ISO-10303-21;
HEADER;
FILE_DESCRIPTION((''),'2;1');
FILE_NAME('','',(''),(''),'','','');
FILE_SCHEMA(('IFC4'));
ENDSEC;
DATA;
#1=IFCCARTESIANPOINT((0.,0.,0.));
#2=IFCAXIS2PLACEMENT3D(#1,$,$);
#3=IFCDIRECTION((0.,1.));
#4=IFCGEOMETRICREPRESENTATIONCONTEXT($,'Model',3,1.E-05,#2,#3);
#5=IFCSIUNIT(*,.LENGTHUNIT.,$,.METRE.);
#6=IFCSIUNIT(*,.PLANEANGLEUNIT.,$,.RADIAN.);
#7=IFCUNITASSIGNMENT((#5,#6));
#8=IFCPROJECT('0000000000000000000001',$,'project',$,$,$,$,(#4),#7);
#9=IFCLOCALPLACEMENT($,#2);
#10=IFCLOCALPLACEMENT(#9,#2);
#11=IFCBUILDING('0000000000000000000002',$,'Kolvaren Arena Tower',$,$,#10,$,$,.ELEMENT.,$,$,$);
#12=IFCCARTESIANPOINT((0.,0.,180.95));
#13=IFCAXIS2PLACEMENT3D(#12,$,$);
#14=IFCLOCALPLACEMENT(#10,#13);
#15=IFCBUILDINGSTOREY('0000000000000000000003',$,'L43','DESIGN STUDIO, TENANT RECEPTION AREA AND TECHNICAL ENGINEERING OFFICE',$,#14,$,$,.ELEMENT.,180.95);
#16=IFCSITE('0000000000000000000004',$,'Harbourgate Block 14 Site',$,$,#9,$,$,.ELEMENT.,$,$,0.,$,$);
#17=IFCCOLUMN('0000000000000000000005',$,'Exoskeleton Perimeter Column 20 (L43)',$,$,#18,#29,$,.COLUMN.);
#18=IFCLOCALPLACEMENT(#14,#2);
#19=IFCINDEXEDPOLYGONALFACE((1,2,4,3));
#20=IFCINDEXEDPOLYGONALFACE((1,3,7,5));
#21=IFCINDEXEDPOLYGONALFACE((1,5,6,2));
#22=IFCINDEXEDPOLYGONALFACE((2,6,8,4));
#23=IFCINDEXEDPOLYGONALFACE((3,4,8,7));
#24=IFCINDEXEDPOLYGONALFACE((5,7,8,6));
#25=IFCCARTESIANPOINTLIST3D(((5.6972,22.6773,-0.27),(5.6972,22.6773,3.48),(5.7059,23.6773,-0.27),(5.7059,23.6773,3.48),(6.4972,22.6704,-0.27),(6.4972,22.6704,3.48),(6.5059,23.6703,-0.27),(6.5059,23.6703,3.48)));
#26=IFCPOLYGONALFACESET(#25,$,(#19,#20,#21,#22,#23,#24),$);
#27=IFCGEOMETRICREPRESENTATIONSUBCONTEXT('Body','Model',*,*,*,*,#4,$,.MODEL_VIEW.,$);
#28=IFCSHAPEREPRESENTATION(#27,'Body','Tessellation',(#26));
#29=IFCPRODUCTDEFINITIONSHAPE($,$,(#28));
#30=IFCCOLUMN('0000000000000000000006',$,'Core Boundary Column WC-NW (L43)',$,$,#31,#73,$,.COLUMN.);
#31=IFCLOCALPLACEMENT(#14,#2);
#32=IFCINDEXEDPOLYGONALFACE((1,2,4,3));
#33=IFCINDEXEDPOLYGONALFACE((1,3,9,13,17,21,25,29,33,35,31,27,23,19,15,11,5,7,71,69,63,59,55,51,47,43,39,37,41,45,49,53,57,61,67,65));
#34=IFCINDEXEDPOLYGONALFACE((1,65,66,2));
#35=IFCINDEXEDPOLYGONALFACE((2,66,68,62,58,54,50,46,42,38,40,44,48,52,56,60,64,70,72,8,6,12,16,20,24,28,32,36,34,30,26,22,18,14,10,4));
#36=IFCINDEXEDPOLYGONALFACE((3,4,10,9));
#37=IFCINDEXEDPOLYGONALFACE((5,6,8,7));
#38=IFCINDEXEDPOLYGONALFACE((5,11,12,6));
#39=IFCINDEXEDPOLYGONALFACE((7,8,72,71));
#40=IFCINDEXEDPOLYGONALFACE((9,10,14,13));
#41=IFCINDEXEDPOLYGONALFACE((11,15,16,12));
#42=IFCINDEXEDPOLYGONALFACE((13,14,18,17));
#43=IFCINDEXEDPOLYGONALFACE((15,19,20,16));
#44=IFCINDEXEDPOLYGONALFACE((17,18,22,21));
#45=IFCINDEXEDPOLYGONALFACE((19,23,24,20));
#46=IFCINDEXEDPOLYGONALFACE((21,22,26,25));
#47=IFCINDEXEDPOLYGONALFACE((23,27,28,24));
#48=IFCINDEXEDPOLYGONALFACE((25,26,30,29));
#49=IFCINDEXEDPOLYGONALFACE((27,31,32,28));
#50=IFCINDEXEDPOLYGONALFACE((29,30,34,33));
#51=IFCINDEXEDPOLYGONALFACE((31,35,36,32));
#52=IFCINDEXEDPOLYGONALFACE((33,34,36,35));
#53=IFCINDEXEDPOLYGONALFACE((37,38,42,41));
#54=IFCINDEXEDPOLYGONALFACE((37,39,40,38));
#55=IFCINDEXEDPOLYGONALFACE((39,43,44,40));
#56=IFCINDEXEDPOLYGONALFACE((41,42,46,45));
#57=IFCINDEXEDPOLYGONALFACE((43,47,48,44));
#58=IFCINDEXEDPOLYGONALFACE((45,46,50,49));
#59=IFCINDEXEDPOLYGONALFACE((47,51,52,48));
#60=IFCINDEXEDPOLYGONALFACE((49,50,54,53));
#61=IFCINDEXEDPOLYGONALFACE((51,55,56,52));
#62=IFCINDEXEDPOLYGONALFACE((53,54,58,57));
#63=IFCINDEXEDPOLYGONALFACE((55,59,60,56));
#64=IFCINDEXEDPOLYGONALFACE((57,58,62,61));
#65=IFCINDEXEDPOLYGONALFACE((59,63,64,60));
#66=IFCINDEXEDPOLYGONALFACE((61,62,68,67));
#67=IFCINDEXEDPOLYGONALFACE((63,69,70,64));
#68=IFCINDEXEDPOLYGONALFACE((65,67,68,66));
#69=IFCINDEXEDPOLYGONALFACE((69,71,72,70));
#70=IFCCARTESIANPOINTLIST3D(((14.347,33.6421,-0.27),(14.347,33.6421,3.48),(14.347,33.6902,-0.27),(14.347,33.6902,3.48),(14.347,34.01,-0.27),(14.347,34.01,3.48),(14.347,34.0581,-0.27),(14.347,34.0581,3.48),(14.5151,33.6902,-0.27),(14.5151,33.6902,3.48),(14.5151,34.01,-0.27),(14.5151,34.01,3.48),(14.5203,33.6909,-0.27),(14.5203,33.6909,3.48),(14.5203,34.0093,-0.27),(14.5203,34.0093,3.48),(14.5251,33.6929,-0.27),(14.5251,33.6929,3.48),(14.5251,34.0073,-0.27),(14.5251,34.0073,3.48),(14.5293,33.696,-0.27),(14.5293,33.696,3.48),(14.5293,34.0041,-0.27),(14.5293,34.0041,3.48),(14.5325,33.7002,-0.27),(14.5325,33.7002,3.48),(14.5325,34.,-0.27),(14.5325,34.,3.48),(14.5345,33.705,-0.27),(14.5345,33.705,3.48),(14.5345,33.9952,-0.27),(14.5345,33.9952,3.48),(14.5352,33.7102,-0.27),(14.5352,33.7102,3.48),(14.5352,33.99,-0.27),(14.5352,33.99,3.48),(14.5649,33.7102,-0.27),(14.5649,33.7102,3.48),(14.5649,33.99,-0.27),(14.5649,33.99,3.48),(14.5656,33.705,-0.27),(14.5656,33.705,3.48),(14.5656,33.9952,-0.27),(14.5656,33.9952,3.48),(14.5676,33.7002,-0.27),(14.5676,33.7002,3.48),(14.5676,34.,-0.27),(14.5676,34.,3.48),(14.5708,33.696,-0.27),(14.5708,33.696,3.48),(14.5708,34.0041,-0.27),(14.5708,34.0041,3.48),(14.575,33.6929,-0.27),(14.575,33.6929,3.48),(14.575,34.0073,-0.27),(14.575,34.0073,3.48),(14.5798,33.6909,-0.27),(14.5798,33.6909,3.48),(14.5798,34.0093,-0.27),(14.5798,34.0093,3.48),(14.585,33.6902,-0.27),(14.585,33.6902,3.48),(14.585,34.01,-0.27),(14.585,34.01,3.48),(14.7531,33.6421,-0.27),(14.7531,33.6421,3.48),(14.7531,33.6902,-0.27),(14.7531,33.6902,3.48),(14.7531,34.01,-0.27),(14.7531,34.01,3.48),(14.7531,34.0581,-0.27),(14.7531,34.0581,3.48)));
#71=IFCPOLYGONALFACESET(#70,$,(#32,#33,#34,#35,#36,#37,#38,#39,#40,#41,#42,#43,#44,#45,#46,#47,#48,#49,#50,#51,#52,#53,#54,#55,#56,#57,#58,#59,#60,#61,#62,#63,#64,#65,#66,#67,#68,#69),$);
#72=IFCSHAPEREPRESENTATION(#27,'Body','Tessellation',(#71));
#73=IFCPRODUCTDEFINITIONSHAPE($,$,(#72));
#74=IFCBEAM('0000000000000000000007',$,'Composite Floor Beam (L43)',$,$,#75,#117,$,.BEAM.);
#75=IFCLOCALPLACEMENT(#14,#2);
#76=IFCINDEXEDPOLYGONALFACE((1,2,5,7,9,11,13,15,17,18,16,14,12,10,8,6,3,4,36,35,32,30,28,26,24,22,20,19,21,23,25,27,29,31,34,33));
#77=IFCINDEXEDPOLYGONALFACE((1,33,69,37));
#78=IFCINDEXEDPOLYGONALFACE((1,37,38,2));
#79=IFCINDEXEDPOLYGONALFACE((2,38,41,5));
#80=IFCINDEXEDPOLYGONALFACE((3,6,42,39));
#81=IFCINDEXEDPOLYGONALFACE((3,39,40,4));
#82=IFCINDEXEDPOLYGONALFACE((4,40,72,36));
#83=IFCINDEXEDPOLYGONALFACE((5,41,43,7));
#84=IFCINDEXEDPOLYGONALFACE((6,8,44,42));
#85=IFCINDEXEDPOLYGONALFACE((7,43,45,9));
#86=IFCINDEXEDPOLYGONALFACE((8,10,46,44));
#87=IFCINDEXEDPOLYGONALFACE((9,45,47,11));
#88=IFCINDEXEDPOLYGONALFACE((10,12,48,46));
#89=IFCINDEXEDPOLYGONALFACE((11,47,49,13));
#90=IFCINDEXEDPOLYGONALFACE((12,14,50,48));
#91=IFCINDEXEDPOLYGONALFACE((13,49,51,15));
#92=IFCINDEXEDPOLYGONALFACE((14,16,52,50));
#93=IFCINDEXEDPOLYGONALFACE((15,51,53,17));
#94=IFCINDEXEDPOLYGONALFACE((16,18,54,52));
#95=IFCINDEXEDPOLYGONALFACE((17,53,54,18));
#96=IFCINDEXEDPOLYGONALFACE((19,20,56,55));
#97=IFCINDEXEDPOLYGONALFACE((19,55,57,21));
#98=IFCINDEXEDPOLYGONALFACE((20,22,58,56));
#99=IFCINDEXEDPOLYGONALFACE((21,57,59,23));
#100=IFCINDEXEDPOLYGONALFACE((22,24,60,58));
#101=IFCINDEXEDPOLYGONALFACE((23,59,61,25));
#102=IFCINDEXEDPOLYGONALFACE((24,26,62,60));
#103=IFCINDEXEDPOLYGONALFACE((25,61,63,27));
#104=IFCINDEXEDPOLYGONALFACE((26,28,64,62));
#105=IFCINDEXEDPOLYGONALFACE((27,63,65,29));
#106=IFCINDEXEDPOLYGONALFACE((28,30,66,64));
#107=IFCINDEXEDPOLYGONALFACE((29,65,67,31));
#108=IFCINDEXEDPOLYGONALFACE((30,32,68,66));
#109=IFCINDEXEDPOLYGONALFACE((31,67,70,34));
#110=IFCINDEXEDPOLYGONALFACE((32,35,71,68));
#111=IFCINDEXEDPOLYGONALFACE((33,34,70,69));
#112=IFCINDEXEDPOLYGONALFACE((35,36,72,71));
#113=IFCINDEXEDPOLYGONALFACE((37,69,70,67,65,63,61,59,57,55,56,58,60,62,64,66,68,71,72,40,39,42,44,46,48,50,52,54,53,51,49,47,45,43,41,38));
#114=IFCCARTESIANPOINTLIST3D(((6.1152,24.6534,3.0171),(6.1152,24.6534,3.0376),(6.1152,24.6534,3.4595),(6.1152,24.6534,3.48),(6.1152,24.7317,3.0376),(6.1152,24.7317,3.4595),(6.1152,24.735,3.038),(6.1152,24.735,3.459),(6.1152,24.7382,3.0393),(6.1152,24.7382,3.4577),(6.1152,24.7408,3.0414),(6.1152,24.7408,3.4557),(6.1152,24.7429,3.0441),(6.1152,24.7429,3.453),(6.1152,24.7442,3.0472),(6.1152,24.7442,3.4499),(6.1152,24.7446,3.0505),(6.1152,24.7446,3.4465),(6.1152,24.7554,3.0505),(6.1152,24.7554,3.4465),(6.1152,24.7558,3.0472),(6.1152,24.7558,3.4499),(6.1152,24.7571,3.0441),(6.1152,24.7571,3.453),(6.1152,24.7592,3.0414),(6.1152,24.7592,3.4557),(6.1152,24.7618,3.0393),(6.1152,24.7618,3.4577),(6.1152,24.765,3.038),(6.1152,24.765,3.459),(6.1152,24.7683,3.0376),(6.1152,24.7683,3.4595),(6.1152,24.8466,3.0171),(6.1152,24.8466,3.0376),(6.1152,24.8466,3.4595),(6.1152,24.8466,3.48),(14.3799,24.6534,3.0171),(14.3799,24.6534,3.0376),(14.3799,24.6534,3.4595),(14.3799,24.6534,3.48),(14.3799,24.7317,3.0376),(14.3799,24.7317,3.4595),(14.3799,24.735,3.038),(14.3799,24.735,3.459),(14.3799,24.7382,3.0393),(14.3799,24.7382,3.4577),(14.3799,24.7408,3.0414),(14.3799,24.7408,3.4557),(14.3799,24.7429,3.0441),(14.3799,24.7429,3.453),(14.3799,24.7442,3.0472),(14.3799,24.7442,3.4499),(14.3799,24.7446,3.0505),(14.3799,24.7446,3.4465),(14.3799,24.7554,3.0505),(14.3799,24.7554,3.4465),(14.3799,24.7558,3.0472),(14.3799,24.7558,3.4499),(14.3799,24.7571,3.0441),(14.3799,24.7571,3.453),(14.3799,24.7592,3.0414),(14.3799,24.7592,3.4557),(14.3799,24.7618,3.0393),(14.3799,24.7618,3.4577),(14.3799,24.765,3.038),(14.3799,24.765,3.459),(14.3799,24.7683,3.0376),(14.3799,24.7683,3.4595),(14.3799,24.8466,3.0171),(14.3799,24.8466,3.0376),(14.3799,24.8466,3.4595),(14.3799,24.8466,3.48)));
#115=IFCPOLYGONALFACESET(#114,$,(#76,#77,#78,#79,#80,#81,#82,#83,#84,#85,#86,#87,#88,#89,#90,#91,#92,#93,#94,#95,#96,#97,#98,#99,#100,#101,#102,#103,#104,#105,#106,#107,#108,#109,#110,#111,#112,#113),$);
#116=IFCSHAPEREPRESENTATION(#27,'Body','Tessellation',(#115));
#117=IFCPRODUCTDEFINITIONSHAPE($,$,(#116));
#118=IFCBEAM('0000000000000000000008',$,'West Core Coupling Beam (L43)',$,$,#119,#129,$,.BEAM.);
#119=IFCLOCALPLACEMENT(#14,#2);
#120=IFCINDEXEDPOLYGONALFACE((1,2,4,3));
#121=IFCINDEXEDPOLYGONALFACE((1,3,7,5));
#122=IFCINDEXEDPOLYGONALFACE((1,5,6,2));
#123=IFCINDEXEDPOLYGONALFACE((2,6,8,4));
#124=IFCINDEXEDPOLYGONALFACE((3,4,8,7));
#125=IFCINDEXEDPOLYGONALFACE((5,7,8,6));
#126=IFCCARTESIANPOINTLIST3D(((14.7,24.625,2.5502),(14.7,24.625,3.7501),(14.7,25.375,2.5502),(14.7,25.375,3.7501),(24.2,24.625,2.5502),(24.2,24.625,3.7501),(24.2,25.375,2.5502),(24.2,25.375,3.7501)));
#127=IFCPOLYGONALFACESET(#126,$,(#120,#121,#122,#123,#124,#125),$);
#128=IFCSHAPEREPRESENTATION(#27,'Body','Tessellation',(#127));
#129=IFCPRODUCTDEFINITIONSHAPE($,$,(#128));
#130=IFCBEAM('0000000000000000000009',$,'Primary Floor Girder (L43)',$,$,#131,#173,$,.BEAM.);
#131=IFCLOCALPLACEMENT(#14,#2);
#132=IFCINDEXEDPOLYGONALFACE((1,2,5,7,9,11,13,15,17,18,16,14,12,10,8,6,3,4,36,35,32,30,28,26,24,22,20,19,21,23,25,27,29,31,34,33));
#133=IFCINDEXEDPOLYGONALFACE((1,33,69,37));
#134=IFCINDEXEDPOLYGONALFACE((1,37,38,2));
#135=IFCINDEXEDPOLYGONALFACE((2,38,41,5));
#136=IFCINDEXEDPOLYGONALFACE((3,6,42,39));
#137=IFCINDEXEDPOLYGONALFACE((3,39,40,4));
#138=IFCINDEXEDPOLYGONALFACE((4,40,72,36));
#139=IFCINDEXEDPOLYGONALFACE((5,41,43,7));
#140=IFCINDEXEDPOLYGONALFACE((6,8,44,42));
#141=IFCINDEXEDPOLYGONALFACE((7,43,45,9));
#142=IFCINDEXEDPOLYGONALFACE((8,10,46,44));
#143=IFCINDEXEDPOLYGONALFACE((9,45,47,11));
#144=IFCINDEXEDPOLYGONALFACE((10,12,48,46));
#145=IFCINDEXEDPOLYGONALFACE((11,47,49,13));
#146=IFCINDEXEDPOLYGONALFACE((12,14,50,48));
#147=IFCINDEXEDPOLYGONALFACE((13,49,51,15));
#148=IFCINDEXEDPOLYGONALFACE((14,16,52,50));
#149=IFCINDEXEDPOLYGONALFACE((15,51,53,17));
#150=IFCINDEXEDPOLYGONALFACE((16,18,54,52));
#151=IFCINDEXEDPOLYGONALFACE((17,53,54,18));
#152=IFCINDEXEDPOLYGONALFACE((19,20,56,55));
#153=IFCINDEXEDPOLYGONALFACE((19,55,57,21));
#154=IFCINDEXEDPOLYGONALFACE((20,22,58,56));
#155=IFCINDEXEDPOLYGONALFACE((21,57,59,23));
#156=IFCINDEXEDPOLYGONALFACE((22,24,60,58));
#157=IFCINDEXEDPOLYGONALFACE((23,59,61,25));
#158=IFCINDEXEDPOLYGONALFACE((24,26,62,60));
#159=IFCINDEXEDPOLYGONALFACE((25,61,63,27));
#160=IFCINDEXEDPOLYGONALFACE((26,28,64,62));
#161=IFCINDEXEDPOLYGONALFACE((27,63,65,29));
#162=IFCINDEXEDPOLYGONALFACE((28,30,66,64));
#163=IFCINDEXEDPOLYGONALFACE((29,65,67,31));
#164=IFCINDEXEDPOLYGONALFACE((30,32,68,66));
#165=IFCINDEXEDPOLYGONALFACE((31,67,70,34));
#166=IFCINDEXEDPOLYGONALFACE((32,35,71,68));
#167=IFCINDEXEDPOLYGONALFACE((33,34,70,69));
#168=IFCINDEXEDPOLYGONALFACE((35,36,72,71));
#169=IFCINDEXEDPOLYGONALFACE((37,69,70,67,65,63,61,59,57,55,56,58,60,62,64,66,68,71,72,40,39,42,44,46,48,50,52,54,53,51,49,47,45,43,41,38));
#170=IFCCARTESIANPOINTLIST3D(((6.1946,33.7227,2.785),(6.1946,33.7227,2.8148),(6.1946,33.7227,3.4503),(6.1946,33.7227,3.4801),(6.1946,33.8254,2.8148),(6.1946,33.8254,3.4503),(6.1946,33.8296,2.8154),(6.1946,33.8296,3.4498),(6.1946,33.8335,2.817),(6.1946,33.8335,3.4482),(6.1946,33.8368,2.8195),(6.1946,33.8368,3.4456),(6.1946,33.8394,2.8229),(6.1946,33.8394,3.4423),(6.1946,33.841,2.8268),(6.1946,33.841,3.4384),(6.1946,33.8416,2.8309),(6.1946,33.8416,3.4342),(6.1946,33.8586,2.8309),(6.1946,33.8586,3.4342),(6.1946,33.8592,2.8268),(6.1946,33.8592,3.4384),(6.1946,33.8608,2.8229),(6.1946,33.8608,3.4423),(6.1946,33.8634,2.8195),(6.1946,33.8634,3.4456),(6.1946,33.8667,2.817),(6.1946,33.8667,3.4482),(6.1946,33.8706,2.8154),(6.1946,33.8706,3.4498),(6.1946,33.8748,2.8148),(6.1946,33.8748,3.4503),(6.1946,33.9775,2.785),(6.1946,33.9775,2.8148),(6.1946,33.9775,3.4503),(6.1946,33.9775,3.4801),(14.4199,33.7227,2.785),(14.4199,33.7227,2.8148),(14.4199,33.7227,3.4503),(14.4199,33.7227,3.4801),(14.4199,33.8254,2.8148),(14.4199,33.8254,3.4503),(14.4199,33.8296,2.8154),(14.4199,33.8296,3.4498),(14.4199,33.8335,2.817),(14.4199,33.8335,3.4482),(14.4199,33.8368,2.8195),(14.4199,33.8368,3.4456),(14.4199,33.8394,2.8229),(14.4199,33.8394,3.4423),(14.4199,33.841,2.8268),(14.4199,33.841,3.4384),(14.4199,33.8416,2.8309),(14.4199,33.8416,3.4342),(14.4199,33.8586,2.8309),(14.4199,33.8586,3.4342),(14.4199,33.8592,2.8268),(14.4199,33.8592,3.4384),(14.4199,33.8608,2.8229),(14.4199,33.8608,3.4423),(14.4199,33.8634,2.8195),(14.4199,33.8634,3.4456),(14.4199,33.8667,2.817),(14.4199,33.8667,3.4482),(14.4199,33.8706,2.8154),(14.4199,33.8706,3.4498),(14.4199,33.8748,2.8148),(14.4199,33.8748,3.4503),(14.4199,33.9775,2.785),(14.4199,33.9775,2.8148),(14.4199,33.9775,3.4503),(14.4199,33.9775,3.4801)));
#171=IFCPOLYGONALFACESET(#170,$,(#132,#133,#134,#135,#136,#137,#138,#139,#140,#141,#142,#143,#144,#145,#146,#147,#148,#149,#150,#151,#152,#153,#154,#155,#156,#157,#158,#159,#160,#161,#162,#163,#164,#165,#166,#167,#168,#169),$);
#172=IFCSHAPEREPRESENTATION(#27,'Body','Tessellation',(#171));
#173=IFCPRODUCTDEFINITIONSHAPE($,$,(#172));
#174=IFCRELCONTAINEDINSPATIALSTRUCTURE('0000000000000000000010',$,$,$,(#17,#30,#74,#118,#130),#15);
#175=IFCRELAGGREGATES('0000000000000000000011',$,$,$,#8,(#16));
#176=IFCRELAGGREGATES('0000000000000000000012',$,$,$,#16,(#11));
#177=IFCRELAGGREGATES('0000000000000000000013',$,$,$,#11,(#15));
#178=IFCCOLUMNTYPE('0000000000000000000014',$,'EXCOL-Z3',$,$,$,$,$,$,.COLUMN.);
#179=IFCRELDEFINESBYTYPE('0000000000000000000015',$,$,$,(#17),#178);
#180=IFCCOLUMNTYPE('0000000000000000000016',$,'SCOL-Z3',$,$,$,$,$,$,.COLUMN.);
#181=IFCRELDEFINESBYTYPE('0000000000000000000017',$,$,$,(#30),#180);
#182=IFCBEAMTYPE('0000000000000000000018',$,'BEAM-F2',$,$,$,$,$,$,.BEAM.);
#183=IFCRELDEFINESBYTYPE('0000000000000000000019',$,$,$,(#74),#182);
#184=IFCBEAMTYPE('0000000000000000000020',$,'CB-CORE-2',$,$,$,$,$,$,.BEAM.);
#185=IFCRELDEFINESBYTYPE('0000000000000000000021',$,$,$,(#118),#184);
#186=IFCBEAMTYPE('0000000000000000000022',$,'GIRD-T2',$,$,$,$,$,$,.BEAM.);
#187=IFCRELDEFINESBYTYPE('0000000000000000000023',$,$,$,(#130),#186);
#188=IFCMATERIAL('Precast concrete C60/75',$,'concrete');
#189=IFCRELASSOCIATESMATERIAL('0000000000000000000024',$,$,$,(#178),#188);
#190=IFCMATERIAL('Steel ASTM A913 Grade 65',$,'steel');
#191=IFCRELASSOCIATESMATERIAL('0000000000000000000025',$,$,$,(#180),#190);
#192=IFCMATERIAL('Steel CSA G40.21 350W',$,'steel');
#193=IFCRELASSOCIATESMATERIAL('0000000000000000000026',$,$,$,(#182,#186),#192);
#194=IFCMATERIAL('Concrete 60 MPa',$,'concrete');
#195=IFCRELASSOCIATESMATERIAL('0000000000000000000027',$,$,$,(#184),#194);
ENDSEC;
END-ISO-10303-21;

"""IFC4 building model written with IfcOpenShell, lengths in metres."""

from ifc_helpers import new_model, si_unit, direction, frame, origin, origin_2d, place, context, subcontext, project, spatial, rectangle, i_section, extrude, material, material_profile, profile_set, type_object, element, save


model = new_model("IFC4")

# Units and contexts
model_context = context("Model", 3, precision=1e-05, world=origin(), true_north=direction((0.0, 1.0)))
body_context = subcontext(model_context, "Body", "Model", "MODEL_VIEW")
ifc_project = project(units=[si_unit("LENGTHUNIT", "METRE"), si_unit("PLANEANGLEUNIT", "RADIAN")], contexts=[model_context])

# Site, building, storey
site_placement = place(None, origin())
site = spatial("IfcSite", under=ifc_project, at=site_placement, Name="Harbourgate Block 14 Site", CompositionType="ELEMENT", RefElevation=0.0)
building_placement = place(site_placement, origin())
building = spatial("IfcBuilding", under=site, at=building_placement, Name="Kolvaren Arena Tower", CompositionType="ELEMENT")
storey_placement = place(building_placement, frame((0.0, 0.0, 180.95)))
storey = spatial("IfcBuildingStorey", under=building, at=storey_placement, Name="L43", Description="DESIGN STUDIO, TENANT RECEPTION AREA AND TECHNICAL ENGINEERING OFFICE", CompositionType="ELEMENT", Elevation=180.95)

# Columns
ifc_material_1 = material(Name="Precast concrete C60/75", Category="concrete")
ifc_material_profile_1 = material_profile(ifc_material_1, rectangle(XDim=1.0, YDim=0.8, at=origin_2d()), Name="RC-1000x800")
ifc_profile_set_1 = profile_set([ifc_material_profile_1], Name="Precast concrete C60/75")
column_type_1 = type_object("IfcColumnType", Name="EXCOL-Z3", PredefinedType="COLUMN", material=ifc_profile_set_1)
column_1_placement = place(storey_placement, frame((6.1016, 23.1738, -0.27), z_axis=(0.0, 0.0, 1.0), x_axis=(0.008727, 0.999962, 0.0)))
element("IfcColumn", 1, at=column_1_placement, inside=storey, type_object=column_type_1, Name="Exoskeleton Perimeter Column 20 (L43)", PredefinedType="COLUMN", context=body_context, shape_type="SweptSolid", body=[
    extrude(rectangle(XDim=1.0, YDim=0.8, at=origin_2d()), origin(), (0.0, 0.0, 1.0), 3.75),
])
ifc_material_2 = material(Name="Steel ASTM A913 Grade 65", Category="steel")
ifc_material_profile_2 = material_profile(ifc_material_2, i_section(OverallWidth=0.406, OverallDepth=0.416, WebThickness=0.0298, FlangeThickness=0.0481, FilletRadius=0.02, at=origin_2d()), Name="W360x382")
ifc_profile_set_2 = profile_set([ifc_material_profile_2], Name="Steel ASTM A913 Grade 65")
column_type_2 = type_object("IfcColumnType", Name="SCOL-Z3", PredefinedType="COLUMN", material=ifc_profile_set_2)
column_2_placement = place(storey_placement, frame((14.55, 33.8501, -0.27), z_axis=(0.0, 0.0, 1.0), x_axis=(1.0, 0.0, 0.0)))
element("IfcColumn", 2, at=column_2_placement, inside=storey, type_object=column_type_2, Name="Core Boundary Column WC-NW (L43)", PredefinedType="COLUMN", context=body_context, shape_type="SweptSolid", body=[
    extrude(i_section(OverallWidth=0.406, OverallDepth=0.416, WebThickness=0.0298, FlangeThickness=0.0481, FilletRadius=0.02, at=origin_2d()), origin(), (0.0, 0.0, 1.0), 3.75),
])

# Beams
ifc_material_3 = material(Name="Steel CSA G40.21 350W", Category="steel")
ifc_material_profile_3 = material_profile(ifc_material_3, i_section(OverallWidth=0.1931, OverallDepth=0.4629, WebThickness=0.0107, FlangeThickness=0.0205, FilletRadius=0.0129, at=origin_2d()), Name="W460x113")
ifc_profile_set_3 = profile_set([ifc_material_profile_3], Name="Steel CSA G40.21 350W")
beam_type_1 = type_object("IfcBeamType", Name="BEAM-F2", PredefinedType="BEAM", material=ifc_profile_set_3)
beam_1_placement = place(storey_placement, frame((6.1152, 24.75, 3.2485), z_axis=(1.0, 0.0, 0.0), x_axis=(0.0, 1.0, 0.0)))
element("IfcBeam", 3, at=beam_1_placement, inside=storey, type_object=beam_type_1, Name="Composite Floor Beam (L43)", PredefinedType="BEAM", context=body_context, shape_type="SweptSolid", body=[
    extrude(i_section(OverallWidth=0.1931, OverallDepth=0.4629, WebThickness=0.0107, FlangeThickness=0.0205, FilletRadius=0.0129, at=origin_2d()), origin(), (0.0, 0.0, 1.0), 8.2646),
])
ifc_material_4 = material(Name="Concrete 60 MPa", Category="concrete")
ifc_material_profile_4 = material_profile(ifc_material_4, rectangle(XDim=0.75, YDim=1.2, at=origin_2d()), Name="RC-750x1200")
ifc_profile_set_4 = profile_set([ifc_material_profile_4], Name="Concrete 60 MPa")
beam_type_2 = type_object("IfcBeamType", Name="CB-CORE-2", PredefinedType="BEAM", material=ifc_profile_set_4)
beam_2_placement = place(storey_placement, frame((14.7, 25.0, 3.1501), z_axis=(1.0, 0.0, 0.0), x_axis=(0.0, 1.0, 0.0)))
element("IfcBeam", 4, at=beam_2_placement, inside=storey, type_object=beam_type_2, Name="West Core Coupling Beam (L43)", PredefinedType="BEAM", context=body_context, shape_type="SweptSolid", body=[
    extrude(rectangle(XDim=0.75, YDim=1.2, at=origin_2d()), origin(), (0.0, 0.0, 1.0), 9.5),
])
ifc_material_profile_5 = material_profile(ifc_material_3, i_section(OverallWidth=0.2549, OverallDepth=0.6951, WebThickness=0.0171, FlangeThickness=0.0298, FilletRadius=0.0161, at=origin_2d()), Name="W690x217")
ifc_profile_set_5 = profile_set([ifc_material_profile_5], Name="Steel CSA G40.21 350W")
beam_type_3 = type_object("IfcBeamType", Name="GIRD-T2", PredefinedType="BEAM", material=ifc_profile_set_5)
beam_3_placement = place(storey_placement, frame((6.1946, 33.8501, 3.1326), z_axis=(1.0, 0.0, 0.0), x_axis=(0.0, 1.0, 0.0)))
element("IfcBeam", 5, at=beam_3_placement, inside=storey, type_object=beam_type_3, Name="Primary Floor Girder (L43)", PredefinedType="BEAM", context=body_context, shape_type="SweptSolid", body=[
    extrude(i_section(OverallWidth=0.2549, OverallDepth=0.6951, WebThickness=0.0171, FlangeThickness=0.0298, FilletRadius=0.0161, at=origin_2d()), origin(), (0.0, 0.0, 1.0), 8.2253),
])

save(model, "model.ifc")
